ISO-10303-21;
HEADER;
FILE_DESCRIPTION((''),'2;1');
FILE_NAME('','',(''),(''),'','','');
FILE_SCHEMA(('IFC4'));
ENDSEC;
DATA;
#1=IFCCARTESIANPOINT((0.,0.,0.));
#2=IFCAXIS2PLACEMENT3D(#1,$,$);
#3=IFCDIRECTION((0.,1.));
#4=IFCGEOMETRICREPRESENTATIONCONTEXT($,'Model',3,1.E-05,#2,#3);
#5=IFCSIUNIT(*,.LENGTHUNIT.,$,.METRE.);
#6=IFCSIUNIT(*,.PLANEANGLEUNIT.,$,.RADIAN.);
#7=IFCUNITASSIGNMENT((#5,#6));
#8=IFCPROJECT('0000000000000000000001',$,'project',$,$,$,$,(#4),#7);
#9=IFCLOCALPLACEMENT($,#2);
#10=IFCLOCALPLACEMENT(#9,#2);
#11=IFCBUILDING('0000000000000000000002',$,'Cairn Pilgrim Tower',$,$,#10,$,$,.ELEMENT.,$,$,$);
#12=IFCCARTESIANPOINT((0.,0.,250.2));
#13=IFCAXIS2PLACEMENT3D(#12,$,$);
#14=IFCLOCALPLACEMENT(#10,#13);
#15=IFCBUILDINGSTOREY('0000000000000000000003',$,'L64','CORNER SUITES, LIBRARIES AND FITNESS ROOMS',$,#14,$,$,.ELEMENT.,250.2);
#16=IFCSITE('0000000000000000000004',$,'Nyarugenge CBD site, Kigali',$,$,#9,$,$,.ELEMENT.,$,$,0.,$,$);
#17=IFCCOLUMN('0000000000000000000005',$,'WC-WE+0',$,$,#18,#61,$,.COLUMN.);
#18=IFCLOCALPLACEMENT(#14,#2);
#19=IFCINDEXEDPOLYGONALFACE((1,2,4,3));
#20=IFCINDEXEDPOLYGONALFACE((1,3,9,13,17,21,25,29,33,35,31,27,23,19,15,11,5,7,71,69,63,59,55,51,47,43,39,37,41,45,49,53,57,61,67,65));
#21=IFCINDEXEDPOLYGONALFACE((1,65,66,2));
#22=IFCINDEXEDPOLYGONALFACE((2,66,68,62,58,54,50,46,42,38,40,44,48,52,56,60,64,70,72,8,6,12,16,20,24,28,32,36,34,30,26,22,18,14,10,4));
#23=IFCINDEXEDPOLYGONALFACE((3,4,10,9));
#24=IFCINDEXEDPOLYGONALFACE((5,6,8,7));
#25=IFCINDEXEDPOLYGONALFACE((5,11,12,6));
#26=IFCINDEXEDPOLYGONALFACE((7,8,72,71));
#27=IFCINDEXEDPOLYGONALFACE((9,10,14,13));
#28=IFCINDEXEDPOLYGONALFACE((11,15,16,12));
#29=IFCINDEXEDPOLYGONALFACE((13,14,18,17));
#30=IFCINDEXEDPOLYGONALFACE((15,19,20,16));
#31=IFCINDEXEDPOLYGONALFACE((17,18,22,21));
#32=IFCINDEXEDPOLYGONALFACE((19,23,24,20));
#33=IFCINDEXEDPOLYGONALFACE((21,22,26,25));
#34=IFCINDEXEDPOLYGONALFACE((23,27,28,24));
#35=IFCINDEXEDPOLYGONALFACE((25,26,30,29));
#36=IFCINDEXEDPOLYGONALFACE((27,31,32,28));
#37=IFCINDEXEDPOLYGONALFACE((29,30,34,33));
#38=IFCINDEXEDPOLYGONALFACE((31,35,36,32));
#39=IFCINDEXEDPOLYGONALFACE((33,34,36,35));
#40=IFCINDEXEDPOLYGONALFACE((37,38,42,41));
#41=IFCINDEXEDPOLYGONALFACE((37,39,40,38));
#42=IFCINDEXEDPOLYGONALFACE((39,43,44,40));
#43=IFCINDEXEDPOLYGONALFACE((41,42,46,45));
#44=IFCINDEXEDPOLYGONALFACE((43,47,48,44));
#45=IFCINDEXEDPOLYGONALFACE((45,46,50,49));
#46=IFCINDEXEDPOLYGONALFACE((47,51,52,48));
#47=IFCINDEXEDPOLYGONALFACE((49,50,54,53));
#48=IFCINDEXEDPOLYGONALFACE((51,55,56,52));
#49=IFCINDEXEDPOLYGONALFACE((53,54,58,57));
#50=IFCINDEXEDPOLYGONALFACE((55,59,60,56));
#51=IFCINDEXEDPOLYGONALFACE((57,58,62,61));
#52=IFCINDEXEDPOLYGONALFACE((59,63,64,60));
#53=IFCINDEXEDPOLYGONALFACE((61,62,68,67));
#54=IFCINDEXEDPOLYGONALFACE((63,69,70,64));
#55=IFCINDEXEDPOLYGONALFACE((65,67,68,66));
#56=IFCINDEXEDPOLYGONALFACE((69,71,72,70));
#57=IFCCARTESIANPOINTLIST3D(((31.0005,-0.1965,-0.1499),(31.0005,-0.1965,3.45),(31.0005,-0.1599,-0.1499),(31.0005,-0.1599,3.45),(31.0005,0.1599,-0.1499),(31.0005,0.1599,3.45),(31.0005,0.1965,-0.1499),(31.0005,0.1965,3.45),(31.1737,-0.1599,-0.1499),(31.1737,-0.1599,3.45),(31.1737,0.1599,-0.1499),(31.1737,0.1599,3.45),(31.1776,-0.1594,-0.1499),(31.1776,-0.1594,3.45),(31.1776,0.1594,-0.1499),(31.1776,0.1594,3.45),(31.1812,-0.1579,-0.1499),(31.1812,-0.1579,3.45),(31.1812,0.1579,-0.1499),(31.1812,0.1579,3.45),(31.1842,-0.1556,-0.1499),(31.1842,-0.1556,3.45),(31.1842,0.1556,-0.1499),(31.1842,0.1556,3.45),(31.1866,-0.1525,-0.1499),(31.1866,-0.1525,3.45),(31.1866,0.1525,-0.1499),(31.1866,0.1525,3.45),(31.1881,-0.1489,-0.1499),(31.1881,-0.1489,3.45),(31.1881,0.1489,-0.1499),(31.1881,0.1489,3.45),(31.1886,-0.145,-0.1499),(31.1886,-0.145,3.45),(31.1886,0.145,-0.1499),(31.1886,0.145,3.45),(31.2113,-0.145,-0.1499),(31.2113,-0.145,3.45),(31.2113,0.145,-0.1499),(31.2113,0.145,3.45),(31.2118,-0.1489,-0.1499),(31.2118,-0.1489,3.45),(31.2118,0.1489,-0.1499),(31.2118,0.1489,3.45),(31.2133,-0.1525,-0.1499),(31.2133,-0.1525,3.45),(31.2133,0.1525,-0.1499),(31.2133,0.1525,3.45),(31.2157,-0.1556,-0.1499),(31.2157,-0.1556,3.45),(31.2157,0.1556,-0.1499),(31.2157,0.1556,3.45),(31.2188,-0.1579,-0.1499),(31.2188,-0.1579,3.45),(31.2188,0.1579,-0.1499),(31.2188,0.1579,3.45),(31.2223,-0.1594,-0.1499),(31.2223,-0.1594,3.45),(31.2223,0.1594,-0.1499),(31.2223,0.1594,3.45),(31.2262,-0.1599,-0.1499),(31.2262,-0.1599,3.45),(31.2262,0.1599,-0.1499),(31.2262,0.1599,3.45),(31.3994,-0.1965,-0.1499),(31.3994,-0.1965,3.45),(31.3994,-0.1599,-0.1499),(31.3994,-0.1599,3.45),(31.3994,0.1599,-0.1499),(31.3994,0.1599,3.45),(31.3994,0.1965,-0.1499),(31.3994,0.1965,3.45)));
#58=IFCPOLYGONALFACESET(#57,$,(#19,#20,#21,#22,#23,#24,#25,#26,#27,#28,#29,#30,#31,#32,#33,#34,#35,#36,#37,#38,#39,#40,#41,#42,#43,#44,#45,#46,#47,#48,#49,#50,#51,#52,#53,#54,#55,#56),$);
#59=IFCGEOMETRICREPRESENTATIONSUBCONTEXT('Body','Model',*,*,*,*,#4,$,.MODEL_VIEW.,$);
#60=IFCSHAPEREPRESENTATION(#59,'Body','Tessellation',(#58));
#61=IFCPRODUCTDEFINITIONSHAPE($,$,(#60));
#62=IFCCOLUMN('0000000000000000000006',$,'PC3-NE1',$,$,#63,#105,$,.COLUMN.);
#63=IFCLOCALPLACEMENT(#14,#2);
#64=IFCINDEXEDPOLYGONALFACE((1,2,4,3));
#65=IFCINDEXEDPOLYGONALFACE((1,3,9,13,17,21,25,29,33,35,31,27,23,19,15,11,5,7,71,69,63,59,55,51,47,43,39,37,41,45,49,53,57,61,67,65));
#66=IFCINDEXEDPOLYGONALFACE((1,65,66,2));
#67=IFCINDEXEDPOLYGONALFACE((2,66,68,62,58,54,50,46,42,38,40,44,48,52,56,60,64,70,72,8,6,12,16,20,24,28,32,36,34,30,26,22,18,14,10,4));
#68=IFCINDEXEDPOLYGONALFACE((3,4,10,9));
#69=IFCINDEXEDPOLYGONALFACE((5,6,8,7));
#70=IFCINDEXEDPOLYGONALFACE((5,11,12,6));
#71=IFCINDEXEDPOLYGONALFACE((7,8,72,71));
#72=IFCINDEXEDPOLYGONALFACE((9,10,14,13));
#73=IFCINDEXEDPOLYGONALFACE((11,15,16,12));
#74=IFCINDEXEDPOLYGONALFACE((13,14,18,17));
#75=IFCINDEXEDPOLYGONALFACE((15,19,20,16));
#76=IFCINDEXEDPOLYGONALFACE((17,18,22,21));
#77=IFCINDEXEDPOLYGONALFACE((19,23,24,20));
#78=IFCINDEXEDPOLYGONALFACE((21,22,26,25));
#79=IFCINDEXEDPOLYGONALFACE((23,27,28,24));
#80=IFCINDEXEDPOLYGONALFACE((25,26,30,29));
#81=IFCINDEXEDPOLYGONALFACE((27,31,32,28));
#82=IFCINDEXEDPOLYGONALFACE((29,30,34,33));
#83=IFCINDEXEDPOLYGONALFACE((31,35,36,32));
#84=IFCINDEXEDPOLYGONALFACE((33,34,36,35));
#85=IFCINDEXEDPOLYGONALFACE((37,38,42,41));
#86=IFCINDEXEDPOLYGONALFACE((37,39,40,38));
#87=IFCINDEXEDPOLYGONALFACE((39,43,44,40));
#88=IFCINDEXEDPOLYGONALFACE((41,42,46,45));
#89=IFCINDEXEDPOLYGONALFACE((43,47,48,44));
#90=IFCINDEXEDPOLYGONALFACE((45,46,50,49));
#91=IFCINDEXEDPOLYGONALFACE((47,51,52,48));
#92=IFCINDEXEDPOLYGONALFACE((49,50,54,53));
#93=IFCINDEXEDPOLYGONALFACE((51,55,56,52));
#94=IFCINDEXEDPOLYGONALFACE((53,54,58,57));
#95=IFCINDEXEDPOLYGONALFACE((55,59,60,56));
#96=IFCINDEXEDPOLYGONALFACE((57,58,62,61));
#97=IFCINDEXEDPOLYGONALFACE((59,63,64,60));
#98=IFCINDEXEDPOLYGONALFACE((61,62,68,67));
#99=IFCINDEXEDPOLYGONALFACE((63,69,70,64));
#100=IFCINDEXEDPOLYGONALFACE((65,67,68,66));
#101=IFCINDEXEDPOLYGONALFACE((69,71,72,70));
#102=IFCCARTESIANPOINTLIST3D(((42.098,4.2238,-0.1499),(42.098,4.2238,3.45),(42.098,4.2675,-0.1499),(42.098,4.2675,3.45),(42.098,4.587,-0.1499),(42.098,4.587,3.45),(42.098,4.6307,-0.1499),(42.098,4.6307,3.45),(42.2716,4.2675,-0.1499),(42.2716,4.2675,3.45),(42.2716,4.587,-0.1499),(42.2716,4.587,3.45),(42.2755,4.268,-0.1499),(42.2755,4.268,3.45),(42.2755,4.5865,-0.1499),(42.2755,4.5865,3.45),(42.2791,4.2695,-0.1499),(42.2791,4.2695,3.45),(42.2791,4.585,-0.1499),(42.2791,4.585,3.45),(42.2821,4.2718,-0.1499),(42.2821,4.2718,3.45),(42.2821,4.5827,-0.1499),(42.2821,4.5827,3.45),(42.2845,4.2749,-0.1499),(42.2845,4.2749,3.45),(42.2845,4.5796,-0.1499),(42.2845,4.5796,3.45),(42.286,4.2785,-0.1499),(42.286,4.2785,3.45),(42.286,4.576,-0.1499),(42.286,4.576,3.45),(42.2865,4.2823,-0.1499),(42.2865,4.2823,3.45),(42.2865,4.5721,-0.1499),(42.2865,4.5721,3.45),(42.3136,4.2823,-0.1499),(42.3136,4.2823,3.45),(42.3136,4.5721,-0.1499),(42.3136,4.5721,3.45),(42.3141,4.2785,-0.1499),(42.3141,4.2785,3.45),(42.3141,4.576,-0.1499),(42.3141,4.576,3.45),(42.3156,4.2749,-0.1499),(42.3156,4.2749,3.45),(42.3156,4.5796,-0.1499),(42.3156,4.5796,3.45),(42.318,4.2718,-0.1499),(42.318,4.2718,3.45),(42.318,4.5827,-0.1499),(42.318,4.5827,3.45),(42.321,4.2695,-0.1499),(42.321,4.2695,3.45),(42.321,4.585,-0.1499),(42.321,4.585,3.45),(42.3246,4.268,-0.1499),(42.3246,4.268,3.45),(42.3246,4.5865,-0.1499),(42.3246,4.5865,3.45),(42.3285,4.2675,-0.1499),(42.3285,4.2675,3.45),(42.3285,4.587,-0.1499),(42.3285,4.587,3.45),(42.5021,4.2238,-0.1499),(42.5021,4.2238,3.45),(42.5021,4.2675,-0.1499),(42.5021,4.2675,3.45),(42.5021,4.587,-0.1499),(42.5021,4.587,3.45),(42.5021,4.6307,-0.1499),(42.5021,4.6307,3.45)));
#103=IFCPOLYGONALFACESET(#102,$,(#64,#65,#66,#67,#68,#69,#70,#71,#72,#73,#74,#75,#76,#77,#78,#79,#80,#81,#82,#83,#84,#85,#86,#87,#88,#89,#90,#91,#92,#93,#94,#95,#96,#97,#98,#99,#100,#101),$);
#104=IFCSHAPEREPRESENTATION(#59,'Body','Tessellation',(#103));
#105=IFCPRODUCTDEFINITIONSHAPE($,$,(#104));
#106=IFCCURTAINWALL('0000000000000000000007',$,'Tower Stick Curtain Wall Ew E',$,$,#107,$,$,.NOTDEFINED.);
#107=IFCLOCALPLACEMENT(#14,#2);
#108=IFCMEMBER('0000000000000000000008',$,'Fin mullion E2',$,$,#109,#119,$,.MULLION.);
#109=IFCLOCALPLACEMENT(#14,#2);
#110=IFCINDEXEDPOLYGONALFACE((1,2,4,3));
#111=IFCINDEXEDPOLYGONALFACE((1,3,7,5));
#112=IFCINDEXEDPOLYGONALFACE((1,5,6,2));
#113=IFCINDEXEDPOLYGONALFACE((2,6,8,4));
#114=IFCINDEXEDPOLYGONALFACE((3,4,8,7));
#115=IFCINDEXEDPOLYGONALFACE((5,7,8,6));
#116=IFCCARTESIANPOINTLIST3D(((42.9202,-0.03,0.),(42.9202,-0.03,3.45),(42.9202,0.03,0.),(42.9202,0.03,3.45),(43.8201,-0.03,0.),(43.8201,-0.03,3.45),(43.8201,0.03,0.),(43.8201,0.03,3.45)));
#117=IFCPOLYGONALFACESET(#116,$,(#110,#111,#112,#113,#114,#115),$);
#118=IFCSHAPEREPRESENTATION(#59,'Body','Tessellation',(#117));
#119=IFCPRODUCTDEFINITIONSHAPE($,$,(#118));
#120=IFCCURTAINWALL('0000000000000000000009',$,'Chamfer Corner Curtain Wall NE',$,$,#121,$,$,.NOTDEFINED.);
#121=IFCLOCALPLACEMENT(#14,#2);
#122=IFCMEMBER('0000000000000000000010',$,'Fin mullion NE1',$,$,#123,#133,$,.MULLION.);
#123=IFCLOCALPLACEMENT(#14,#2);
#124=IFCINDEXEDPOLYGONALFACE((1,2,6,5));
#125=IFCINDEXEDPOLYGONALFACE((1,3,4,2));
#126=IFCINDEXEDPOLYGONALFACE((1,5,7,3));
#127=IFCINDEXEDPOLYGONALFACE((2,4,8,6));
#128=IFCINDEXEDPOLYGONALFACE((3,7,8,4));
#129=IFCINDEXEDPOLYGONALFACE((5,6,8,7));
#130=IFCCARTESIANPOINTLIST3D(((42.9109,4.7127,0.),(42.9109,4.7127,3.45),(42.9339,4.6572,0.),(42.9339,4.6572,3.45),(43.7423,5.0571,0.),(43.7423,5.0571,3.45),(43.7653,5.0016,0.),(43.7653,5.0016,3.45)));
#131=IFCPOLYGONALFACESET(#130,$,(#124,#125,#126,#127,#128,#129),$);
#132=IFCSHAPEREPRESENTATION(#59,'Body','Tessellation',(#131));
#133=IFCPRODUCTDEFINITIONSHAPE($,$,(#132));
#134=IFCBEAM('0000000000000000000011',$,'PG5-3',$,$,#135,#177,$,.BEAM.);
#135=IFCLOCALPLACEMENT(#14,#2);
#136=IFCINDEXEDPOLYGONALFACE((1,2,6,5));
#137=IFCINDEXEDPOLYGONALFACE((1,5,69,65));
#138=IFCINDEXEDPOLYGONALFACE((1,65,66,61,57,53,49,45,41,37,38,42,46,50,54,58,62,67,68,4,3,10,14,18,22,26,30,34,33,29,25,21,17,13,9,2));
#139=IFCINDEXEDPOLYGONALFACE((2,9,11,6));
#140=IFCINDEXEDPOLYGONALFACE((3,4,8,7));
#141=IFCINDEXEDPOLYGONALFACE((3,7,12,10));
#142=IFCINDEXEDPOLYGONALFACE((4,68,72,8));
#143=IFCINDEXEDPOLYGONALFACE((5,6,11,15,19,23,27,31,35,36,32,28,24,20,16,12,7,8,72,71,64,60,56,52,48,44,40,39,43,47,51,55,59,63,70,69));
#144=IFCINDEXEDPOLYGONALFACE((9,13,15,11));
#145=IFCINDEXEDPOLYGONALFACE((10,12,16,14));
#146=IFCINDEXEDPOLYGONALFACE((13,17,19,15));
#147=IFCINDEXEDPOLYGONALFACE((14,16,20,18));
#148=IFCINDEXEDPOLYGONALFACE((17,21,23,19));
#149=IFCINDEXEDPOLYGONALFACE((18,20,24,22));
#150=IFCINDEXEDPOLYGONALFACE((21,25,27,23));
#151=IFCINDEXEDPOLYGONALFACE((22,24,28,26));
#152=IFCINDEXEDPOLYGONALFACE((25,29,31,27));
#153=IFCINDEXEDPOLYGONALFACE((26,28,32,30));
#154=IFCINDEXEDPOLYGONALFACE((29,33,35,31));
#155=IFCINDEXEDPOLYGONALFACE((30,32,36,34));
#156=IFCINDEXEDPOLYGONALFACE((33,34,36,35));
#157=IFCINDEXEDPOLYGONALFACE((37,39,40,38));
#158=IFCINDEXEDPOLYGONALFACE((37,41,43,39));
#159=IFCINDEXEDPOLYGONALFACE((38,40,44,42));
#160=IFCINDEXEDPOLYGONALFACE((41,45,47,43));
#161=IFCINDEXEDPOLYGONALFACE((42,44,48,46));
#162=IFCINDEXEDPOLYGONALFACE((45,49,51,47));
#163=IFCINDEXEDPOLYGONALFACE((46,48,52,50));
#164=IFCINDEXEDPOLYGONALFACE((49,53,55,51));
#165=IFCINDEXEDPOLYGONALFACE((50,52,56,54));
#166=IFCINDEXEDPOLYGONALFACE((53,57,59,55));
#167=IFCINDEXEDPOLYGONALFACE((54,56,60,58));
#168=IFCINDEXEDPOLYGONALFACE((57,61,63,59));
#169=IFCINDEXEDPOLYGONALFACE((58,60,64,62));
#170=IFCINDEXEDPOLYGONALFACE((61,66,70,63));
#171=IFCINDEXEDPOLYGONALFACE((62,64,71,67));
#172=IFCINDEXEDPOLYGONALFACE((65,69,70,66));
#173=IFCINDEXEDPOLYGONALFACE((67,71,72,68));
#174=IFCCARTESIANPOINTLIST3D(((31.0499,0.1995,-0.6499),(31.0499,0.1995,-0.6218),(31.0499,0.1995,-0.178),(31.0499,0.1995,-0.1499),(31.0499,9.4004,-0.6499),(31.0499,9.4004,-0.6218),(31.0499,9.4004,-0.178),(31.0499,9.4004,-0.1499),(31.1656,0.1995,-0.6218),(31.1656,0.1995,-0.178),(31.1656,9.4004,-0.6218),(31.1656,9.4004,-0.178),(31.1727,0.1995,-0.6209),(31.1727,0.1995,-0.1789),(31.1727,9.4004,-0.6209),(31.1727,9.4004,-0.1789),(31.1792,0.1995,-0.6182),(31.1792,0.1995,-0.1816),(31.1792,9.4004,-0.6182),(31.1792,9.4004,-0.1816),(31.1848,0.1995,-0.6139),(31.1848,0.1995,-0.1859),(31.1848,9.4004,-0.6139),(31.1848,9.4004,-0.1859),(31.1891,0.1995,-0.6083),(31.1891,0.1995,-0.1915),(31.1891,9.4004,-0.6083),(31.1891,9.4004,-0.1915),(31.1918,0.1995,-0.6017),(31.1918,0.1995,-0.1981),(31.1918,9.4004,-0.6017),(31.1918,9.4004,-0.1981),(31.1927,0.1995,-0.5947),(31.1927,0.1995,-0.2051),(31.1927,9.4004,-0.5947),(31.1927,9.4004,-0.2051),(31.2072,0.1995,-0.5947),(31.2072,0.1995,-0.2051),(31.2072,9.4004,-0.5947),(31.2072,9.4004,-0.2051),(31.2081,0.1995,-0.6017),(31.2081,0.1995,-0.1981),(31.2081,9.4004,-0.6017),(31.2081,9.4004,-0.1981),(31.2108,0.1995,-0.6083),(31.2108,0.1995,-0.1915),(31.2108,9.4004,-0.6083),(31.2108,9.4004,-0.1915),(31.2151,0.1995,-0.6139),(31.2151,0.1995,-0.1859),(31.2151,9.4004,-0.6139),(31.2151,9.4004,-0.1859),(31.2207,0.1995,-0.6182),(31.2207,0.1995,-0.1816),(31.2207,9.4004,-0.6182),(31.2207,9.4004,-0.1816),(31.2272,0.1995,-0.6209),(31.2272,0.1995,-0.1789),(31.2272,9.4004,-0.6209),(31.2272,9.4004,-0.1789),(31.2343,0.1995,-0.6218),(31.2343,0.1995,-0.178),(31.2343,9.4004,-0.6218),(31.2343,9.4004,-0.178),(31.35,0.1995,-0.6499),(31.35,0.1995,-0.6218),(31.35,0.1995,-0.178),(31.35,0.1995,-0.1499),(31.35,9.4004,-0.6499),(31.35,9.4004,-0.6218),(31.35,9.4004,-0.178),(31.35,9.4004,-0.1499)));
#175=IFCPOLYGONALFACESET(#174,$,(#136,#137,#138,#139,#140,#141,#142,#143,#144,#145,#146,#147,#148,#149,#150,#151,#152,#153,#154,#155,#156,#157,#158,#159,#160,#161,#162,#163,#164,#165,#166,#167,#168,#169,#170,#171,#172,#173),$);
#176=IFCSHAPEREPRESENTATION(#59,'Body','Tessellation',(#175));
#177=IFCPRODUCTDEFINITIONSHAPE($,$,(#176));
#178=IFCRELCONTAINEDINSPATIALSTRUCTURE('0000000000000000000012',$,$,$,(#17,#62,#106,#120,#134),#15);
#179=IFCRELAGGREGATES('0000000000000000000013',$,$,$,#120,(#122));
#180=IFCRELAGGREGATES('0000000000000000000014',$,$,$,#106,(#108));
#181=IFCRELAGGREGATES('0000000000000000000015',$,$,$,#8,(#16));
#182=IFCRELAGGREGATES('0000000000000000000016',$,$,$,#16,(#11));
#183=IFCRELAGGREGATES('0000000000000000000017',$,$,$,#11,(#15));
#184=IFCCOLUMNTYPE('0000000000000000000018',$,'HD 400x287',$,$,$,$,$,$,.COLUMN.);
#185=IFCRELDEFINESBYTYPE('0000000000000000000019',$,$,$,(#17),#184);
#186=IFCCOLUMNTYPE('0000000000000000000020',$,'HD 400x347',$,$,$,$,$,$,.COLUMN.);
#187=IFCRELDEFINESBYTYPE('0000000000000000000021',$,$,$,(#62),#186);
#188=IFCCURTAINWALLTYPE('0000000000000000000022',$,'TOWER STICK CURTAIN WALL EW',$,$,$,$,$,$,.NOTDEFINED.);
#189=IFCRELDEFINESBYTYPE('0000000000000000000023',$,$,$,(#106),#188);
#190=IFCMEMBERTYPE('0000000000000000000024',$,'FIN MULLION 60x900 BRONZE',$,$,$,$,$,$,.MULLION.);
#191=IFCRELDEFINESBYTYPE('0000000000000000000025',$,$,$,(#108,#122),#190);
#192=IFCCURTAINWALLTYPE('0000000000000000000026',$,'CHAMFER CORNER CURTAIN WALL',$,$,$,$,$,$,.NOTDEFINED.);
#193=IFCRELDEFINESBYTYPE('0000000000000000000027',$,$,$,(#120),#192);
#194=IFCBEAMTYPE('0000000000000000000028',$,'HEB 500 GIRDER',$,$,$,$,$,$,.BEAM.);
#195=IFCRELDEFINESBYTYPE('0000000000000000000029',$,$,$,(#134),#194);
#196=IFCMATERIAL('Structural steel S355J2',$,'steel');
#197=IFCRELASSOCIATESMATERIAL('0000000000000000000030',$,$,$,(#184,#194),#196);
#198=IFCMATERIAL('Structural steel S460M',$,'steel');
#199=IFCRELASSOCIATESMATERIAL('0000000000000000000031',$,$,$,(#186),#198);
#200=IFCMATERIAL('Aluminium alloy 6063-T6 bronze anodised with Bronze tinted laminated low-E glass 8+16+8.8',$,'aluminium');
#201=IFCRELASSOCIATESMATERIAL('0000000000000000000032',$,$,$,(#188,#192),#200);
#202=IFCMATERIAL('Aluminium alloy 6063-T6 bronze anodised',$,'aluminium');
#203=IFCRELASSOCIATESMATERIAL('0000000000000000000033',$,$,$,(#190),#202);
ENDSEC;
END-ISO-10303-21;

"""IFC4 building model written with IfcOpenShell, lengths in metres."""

from ifc_helpers import new_model, si_unit, direction, frame, origin, origin_2d, place, context, subcontext, project, spatial, rectangle, i_section, extrude, material, material_profile, profile_set, type_object, element, aggregate, save


model = new_model("IFC4")

# Units and contexts
model_context = context("Model", 3, precision=1e-05, world=origin(), true_north=direction((0.0, 1.0)))
body_context = subcontext(model_context, "Body", "Model", "MODEL_VIEW")
ifc_project = project(units=[si_unit("LENGTHUNIT", "METRE"), si_unit("PLANEANGLEUNIT", "RADIAN")], contexts=[model_context])

# Site, building, storey
site_placement = place(None, origin())
site = spatial("IfcSite", under=ifc_project, at=site_placement, Name="Nyarugenge CBD site, Kigali", CompositionType="ELEMENT", RefElevation=0.0)
building_placement = place(site_placement, origin())
building = spatial("IfcBuilding", under=site, at=building_placement, Name="Cairn Pilgrim Tower", CompositionType="ELEMENT")
storey_placement = place(building_placement, frame((0.0, 0.0, 250.2)))
storey = spatial("IfcBuildingStorey", under=building, at=storey_placement, Name="L64", Description="CORNER SUITES, LIBRARIES AND FITNESS ROOMS", CompositionType="ELEMENT", Elevation=250.2)

# Columns
ifc_material_1 = material(Name="Structural steel S355J2", Category="steel")
ifc_material_profile_1 = material_profile(ifc_material_1, i_section(OverallWidth=0.3989, OverallDepth=0.3931, WebThickness=0.0227, FlangeThickness=0.0366, FilletRadius=0.0149, at=origin_2d()), Name="HD 400x287")
ifc_profile_set_1 = profile_set([ifc_material_profile_1], Name="Structural steel S355J2")
column_type_1 = type_object("IfcColumnType", Name="HD 400x287", PredefinedType="COLUMN", material=ifc_profile_set_1)
column_1_placement = place(storey_placement, frame((31.2, 0.0, -0.1499), z_axis=(0.0, 0.0, 1.0), x_axis=(1.0, 0.0, 0.0)))
element("IfcColumn", 1, at=column_1_placement, inside=storey, type_object=column_type_1, Name="WC-WE+0", PredefinedType="COLUMN", context=body_context, shape_type="SweptSolid", body=[
    extrude(i_section(OverallWidth=0.3989, OverallDepth=0.3931, WebThickness=0.0227, FlangeThickness=0.0366, FilletRadius=0.0149, at=origin_2d()), origin(), (0.0, 0.0, 1.0), 3.5999),
])
ifc_material_2 = material(Name="Structural steel S460M", Category="steel")
ifc_material_profile_2 = material_profile(ifc_material_2, i_section(OverallWidth=0.4041, OverallDepth=0.407, WebThickness=0.0271, FlangeThickness=0.0437, FilletRadius=0.0149, at=origin_2d()), Name="HD 400x347")
ifc_profile_set_2 = profile_set([ifc_material_profile_2], Name="Structural steel S460M")
column_type_2 = type_object("IfcColumnType", Name="HD 400x347", PredefinedType="COLUMN", material=ifc_profile_set_2)
column_2_placement = place(storey_placement, frame((42.3, 4.4272, -0.1499), z_axis=(0.0, 0.0, 1.0), x_axis=(1.0, 0.0, 0.0)))
element("IfcColumn", 2, at=column_2_placement, inside=storey, type_object=column_type_2, Name="PC3-NE1", PredefinedType="COLUMN", context=body_context, shape_type="SweptSolid", body=[
    extrude(i_section(OverallWidth=0.4041, OverallDepth=0.407, WebThickness=0.0271, FlangeThickness=0.0437, FilletRadius=0.0149, at=origin_2d()), origin(), (0.0, 0.0, 1.0), 3.5999),
])

# Curtain walls, members
ifc_material_3 = material(Name="Aluminium alloy 6063-T6 bronze anodised with Bronze tinted laminated low-E glass 8+16+8.8", Category="aluminium")
curtain_wall_type_1 = type_object("IfcCurtainWallType", Name="TOWER STICK CURTAIN WALL EW", PredefinedType="NOTDEFINED", material=ifc_material_3)
curtain_wall_1_placement = place(storey_placement, origin())
curtain_wall_1 = element("IfcCurtainWall", 3, at=curtain_wall_1_placement, inside=storey, type_object=curtain_wall_type_1, Name="Tower Stick Curtain Wall Ew E", PredefinedType="NOTDEFINED")
ifc_material_4 = material(Name="Aluminium alloy 6063-T6 bronze anodised", Category="aluminium")
ifc_material_profile_3 = material_profile(ifc_material_4, rectangle(XDim=0.8999, YDim=0.0601, at=origin_2d()), Name="FIN MULLION 60x900 BRONZE")
ifc_profile_set_3 = profile_set([ifc_material_profile_3], Name="Aluminium alloy 6063-T6 bronze anodised")
member_type_1 = type_object("IfcMemberType", Name="FIN MULLION 60x900 BRONZE", PredefinedType="MULLION", material=ifc_profile_set_3)
member_1_placement = place(storey_placement, frame((43.3701, 0.0, 0.0), z_axis=(0.0, 0.0, 1.0), x_axis=(1.0, 0.0, 0.0)))
member_1 = element("IfcMember", 4, at=member_1_placement, type_object=member_type_1, Name="Fin mullion E2", PredefinedType="MULLION", context=body_context, shape_type="SweptSolid", body=[
    extrude(rectangle(XDim=0.8999, YDim=0.0601, at=origin_2d()), origin(), (0.0, 0.0, 1.0), 3.45),
])
curtain_wall_type_2 = type_object("IfcCurtainWallType", Name="CHAMFER CORNER CURTAIN WALL", PredefinedType="NOTDEFINED", material=ifc_material_3)
curtain_wall_2_placement = place(storey_placement, origin())
curtain_wall_2 = element("IfcCurtainWall", 5, at=curtain_wall_2_placement, inside=storey, type_object=curtain_wall_type_2, Name="Chamfer Corner Curtain Wall NE", PredefinedType="NOTDEFINED")
member_2_placement = place(storey_placement, frame((43.3381, 4.8572, 0.0), z_axis=(0.0, 0.0, 1.0), x_axis=(0.92388, 0.382683, 0.0)))
member_2 = element("IfcMember", 6, at=member_2_placement, type_object=member_type_1, Name="Fin mullion NE1", PredefinedType="MULLION", context=body_context, shape_type="SweptSolid", body=[
    extrude(rectangle(XDim=0.8999, YDim=0.0601, at=origin_2d()), origin(), (0.0, 0.0, 1.0), 3.45),
])

# Beam
ifc_material_profile_4 = material_profile(ifc_material_1, i_section(OverallWidth=0.3, OverallDepth=0.5, WebThickness=0.0144, FlangeThickness=0.0281, FilletRadius=0.0271, at=origin_2d()), Name="HEB 500")
ifc_profile_set_4 = profile_set([ifc_material_profile_4], Name="Structural steel S355J2")
beam_type_1 = type_object("IfcBeamType", Name="HEB 500 GIRDER", PredefinedType="BEAM", material=ifc_profile_set_4)
beam_1_placement = place(storey_placement, frame((31.2, 0.1995, -0.3999), z_axis=(0.0, 1.0, 0.0), x_axis=(-1.0, 0.0, 0.0)))
element("IfcBeam", 7, at=beam_1_placement, inside=storey, type_object=beam_type_1, Name="PG5-3", PredefinedType="BEAM", context=body_context, shape_type="SweptSolid", body=[
    extrude(i_section(OverallWidth=0.3, OverallDepth=0.5, WebThickness=0.0144, FlangeThickness=0.0281, FilletRadius=0.0271, at=origin_2d()), origin(), (0.0, 0.0, 1.0), 9.2009),
])

aggregate(curtain_wall_2, [member_2])
aggregate(curtain_wall_1, [member_1])

save(model, "model.ifc")
